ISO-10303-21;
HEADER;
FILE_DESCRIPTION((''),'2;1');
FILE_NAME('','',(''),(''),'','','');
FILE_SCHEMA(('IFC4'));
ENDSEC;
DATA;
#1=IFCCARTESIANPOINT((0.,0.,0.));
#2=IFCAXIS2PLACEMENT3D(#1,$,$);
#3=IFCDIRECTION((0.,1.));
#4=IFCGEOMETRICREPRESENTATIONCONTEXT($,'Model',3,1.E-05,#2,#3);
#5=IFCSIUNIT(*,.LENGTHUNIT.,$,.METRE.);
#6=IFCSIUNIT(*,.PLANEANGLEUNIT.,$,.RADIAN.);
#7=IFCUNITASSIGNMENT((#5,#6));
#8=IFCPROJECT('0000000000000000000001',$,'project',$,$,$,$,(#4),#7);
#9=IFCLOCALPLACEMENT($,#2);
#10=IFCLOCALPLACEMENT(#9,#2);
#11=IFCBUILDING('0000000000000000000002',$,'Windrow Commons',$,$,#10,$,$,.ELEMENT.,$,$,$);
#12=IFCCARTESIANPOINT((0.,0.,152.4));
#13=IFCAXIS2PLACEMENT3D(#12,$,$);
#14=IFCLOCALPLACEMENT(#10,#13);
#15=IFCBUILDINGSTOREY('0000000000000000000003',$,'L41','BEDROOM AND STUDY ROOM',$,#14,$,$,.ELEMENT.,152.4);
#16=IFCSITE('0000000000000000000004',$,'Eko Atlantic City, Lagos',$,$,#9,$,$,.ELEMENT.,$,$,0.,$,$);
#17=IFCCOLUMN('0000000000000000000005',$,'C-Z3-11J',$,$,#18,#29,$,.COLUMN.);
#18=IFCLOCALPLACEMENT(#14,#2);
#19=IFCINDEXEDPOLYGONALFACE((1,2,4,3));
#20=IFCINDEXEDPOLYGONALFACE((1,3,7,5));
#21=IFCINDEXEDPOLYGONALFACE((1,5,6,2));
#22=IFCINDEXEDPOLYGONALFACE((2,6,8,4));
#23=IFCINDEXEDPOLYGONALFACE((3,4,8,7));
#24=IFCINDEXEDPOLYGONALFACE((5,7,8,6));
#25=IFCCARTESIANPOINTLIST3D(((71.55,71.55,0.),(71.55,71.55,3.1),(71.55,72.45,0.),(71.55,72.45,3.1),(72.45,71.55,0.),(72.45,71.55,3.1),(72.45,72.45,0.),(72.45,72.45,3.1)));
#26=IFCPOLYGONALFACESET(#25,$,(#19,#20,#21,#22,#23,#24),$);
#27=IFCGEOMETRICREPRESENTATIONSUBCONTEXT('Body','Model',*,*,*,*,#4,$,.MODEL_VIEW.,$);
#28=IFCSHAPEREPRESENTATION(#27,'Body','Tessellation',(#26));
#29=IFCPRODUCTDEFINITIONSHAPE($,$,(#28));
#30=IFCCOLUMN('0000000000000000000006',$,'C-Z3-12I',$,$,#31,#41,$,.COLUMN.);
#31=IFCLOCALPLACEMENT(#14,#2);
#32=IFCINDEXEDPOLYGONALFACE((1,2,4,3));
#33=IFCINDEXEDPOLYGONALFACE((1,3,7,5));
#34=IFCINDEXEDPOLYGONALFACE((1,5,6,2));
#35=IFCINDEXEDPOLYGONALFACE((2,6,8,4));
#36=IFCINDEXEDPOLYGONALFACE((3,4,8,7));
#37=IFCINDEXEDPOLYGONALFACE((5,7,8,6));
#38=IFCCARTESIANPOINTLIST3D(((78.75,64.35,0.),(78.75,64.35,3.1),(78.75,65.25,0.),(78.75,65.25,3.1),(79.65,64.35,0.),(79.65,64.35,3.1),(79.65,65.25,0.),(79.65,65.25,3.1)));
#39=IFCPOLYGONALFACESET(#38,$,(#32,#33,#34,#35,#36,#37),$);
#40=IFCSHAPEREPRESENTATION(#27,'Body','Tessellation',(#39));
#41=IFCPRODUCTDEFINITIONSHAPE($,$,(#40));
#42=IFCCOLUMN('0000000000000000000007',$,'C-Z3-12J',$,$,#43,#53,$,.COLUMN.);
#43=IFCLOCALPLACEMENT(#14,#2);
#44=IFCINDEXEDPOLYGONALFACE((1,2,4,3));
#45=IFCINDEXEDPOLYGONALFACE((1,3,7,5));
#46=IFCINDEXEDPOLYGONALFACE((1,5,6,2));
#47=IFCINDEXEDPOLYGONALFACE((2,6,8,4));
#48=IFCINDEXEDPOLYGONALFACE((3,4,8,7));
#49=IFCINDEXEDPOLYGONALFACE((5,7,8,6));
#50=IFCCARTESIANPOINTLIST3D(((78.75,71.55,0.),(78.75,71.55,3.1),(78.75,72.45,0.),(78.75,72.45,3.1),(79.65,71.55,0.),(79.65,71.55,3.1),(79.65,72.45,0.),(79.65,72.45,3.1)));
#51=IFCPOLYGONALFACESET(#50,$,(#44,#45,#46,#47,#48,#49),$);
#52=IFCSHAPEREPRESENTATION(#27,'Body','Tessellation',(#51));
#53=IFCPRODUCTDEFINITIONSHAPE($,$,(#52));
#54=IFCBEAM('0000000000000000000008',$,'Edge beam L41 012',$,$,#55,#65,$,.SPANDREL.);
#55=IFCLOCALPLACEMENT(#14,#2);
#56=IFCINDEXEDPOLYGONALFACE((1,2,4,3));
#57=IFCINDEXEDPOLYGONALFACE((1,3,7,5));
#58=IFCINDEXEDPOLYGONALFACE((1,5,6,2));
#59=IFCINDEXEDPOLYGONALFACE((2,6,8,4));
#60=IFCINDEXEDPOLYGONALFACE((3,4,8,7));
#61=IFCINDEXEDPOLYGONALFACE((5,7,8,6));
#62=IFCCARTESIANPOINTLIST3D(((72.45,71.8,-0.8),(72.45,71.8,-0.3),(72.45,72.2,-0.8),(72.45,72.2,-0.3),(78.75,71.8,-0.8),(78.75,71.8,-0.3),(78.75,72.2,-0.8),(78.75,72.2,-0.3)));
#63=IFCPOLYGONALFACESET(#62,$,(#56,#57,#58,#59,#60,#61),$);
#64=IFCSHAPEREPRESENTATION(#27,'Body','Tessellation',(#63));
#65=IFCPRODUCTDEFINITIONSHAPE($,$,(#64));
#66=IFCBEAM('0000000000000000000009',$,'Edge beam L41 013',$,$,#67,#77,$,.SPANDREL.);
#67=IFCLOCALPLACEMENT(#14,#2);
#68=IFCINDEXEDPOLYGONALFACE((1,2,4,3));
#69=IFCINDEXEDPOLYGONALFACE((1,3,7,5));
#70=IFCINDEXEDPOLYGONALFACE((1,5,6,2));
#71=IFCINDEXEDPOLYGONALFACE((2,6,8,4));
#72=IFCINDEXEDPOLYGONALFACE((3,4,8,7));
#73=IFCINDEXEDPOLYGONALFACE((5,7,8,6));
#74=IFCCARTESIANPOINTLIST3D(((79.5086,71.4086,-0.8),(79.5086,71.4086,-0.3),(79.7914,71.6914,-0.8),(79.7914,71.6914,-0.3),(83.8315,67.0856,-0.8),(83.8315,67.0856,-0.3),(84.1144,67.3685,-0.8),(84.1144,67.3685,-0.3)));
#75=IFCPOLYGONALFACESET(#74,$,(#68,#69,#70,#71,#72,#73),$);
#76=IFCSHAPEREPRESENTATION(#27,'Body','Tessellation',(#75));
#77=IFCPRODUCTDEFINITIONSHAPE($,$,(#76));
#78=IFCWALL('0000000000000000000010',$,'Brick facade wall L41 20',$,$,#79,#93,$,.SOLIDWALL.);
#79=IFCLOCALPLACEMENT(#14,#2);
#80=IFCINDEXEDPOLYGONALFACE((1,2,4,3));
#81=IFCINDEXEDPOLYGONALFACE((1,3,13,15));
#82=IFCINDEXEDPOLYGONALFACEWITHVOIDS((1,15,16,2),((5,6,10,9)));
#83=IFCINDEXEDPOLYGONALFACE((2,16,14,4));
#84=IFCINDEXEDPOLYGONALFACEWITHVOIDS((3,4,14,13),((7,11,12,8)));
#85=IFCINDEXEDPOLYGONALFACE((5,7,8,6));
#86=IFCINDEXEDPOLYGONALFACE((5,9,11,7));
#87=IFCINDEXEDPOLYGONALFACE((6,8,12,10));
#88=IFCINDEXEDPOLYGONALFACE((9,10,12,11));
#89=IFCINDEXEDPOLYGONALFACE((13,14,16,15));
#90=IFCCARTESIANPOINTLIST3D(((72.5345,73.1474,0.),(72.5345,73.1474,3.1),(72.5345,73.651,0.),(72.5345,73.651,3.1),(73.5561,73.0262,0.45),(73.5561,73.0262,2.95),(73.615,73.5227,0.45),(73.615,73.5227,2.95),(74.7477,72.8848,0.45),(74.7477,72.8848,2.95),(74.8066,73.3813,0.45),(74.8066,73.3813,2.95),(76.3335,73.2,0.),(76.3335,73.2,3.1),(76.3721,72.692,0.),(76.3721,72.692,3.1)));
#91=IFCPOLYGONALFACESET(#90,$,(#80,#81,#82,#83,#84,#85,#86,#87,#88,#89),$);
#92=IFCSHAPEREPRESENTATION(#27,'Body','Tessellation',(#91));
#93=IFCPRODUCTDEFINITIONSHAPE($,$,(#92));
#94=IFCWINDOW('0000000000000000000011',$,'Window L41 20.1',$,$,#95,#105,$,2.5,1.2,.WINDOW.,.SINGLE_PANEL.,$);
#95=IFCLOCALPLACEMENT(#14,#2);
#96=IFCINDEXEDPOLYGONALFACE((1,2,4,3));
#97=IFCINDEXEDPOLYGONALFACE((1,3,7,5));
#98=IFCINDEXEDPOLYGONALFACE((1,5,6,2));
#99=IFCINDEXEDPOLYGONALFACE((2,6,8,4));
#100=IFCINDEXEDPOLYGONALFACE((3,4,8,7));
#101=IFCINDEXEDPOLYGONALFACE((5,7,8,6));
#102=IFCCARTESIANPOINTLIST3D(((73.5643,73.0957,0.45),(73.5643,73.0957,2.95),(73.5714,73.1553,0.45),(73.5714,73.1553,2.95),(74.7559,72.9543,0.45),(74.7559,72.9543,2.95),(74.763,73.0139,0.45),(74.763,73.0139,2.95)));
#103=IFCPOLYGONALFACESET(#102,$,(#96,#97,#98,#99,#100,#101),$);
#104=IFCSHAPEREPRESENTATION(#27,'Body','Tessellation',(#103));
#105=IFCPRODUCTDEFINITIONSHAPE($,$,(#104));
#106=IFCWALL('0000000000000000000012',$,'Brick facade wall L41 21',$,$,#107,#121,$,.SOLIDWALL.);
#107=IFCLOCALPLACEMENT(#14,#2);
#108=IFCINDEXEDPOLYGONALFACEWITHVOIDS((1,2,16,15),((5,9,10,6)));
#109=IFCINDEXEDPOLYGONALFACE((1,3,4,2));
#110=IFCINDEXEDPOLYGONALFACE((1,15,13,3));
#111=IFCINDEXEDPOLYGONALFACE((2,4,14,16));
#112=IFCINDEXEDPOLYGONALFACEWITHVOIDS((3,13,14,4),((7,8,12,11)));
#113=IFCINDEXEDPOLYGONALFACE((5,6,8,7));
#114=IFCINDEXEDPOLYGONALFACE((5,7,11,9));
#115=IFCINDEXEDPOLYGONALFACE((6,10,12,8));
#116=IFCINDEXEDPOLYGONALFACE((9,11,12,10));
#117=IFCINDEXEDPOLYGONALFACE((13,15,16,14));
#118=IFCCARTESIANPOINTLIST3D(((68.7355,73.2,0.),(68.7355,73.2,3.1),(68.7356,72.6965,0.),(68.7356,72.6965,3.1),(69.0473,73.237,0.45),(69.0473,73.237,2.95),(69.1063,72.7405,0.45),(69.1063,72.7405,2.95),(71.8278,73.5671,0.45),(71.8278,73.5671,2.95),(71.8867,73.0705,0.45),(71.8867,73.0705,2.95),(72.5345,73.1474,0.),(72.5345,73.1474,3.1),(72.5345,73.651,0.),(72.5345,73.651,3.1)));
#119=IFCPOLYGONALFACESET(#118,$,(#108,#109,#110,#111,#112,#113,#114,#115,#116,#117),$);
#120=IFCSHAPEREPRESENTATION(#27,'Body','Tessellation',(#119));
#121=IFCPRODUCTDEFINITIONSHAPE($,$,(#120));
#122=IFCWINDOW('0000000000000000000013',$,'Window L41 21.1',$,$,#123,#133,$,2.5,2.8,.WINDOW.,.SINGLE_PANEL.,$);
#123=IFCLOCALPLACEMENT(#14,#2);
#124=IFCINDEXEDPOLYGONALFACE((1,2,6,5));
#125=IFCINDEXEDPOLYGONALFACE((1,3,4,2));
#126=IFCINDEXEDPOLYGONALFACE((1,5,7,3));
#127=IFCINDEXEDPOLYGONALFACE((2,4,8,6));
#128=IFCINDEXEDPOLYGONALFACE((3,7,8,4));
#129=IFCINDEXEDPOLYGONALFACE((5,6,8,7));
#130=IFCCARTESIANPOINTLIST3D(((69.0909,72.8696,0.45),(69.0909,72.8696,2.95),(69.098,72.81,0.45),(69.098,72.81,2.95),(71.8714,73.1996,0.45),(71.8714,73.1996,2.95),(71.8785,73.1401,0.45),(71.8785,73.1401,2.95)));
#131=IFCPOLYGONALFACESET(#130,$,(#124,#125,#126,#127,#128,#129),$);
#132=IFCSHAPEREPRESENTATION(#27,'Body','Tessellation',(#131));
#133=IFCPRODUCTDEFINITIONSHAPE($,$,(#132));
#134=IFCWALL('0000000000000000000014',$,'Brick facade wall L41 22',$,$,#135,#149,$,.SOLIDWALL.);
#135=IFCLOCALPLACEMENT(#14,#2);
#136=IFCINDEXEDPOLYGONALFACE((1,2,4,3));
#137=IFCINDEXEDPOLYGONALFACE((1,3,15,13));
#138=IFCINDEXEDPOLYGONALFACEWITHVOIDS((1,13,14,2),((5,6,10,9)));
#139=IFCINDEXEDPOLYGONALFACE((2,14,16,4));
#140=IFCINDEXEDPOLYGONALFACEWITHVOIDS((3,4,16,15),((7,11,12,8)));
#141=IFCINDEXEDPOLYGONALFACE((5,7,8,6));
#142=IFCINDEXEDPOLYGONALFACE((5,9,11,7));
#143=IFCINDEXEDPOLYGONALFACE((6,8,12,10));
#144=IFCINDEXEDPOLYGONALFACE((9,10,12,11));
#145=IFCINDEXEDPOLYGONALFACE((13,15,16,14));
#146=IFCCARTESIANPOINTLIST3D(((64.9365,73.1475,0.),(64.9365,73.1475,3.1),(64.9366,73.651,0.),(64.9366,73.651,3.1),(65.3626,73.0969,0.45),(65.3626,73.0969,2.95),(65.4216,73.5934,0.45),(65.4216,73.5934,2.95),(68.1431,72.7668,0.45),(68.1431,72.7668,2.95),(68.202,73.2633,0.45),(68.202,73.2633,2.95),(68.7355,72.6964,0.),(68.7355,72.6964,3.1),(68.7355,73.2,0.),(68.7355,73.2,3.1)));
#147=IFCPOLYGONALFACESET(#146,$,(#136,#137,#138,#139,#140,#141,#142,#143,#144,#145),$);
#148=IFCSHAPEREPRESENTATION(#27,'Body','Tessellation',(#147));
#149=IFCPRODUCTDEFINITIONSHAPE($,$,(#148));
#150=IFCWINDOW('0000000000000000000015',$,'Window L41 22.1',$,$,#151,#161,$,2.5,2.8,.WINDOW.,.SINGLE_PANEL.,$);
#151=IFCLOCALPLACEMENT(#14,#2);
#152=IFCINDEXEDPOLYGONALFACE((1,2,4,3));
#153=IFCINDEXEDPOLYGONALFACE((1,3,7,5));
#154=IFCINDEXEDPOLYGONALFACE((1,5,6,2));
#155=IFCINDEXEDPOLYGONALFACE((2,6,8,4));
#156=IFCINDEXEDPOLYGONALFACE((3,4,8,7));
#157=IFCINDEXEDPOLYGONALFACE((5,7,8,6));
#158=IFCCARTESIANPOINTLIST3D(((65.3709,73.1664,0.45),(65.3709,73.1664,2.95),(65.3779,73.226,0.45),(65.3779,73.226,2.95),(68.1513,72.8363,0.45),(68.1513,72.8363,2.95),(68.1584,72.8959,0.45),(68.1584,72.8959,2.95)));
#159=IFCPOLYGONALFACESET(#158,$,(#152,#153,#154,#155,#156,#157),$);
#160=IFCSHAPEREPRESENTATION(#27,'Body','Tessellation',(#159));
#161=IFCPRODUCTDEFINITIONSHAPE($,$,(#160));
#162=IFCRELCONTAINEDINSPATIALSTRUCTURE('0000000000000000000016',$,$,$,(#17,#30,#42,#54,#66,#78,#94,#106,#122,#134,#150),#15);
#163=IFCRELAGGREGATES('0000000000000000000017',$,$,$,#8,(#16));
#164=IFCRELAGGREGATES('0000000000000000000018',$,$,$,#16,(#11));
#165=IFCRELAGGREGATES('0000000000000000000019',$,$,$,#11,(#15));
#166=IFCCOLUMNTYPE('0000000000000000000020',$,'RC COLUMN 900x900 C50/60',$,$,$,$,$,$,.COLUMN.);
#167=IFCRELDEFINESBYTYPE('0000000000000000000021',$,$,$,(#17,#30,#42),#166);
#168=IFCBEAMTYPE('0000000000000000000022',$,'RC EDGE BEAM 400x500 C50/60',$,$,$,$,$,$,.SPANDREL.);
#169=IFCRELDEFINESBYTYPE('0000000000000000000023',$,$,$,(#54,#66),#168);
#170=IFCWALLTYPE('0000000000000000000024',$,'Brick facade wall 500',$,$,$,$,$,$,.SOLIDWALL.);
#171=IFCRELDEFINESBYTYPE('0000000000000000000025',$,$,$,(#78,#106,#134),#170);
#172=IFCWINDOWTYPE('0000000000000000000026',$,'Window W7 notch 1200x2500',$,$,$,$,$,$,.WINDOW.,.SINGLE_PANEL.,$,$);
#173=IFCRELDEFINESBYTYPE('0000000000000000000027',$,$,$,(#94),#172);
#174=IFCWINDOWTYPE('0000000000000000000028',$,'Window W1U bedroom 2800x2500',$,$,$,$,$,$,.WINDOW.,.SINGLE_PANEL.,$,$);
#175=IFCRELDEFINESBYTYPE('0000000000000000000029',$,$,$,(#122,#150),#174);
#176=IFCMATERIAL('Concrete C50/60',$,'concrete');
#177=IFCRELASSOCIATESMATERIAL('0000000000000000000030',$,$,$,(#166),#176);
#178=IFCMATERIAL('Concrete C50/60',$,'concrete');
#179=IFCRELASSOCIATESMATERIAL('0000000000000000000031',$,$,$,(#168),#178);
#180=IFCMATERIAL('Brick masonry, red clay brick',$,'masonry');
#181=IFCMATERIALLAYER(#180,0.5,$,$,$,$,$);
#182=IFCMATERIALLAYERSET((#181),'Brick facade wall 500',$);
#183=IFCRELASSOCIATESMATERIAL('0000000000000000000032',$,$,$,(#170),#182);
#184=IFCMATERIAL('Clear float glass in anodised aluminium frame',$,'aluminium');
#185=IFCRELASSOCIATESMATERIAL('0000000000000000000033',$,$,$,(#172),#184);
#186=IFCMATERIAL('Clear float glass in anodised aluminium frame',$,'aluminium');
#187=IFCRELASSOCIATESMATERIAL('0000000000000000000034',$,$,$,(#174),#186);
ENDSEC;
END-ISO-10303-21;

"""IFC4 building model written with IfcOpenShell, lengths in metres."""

from ifc_helpers import new_model, si_unit, direction, frame, frame_2d, origin, origin_2d, place, context, subcontext, project, spatial, polyline, rectangle, outline, extrude, material, layer, layer_set, material_profile, profile_set, type_object, element, fill, save


model = new_model("IFC4")

# Units and contexts
model_context = context("Model", 3, precision=1e-05, world=origin(), true_north=direction((0.0, 1.0)))
body_context = subcontext(model_context, "Body", "Model", "MODEL_VIEW")
ifc_project = project(units=[si_unit("LENGTHUNIT", "METRE"), si_unit("PLANEANGLEUNIT", "RADIAN")], contexts=[model_context])

# Site, building, storey
site_placement = place(None, origin())
site = spatial("IfcSite", under=ifc_project, at=site_placement, Name="Eko Atlantic City, Lagos", CompositionType="ELEMENT", RefElevation=0.0)
building_placement = place(site_placement, origin())
building = spatial("IfcBuilding", under=site, at=building_placement, Name="Windrow Commons", CompositionType="ELEMENT")
storey_placement = place(building_placement, frame((0.0, 0.0, 152.4)))
storey = spatial("IfcBuildingStorey", under=building, at=storey_placement, Name="L41", Description="BEDROOM AND STUDY ROOM", CompositionType="ELEMENT", Elevation=152.4)

# Columns
ifc_material_1 = material(Name="Concrete C50/60", Category="concrete")
ifc_material_profile_1 = material_profile(ifc_material_1, rectangle(XDim=0.9, YDim=0.9, at=origin_2d()))
ifc_profile_set_1 = profile_set([ifc_material_profile_1], Name="Concrete C50/60")
column_type = type_object("IfcColumnType", Name="RC COLUMN 900x900 C50/60", PredefinedType="COLUMN", material=ifc_profile_set_1)
for number, where, z_axis, x_axis, name in (
    (1, (72.0, 72.0, 0.0), (0.0, 0.0, 1.0), (1.0, 0.0, 0.0), "C-Z3-11J"),
    (2, (79.2, 64.8, 0.0), (0.0, 0.0, 1.0), (1.0, 0.0, 0.0), "C-Z3-12I"),
    (3, (79.2, 72.0, 0.0), (0.0, 0.0, 1.0), (1.0, 0.0, 0.0), "C-Z3-12J"),
):
    element("IfcColumn", number, at=place(storey_placement, frame(where, z_axis=z_axis, x_axis=x_axis)), inside=storey, type_object=column_type, Name=name, PredefinedType="COLUMN", context=body_context, shape_type="SweptSolid", body=[
        extrude(rectangle(XDim=0.9, YDim=0.9, at=origin_2d()), origin(), (0.0, 0.0, 1.0), 3.1),
    ])

# Beams
ifc_material_2 = material(Name="Concrete C50/60", Category="concrete")
ifc_material_profile_2 = material_profile(ifc_material_2, rectangle(XDim=0.4, YDim=0.5, at=origin_2d()))
ifc_profile_set_2 = profile_set([ifc_material_profile_2], Name="Concrete C50/60")
beam_type = type_object("IfcBeamType", Name="RC EDGE BEAM 400x500 C50/60", PredefinedType="SPANDREL", material=ifc_profile_set_2)
beam_1_placement = place(storey_placement, frame((72.45, 72.0, -0.55), z_axis=(1.0, 0.0, 0.0), x_axis=(0.0, 1.0, 0.0)))
element("IfcBeam", 4, at=beam_1_placement, inside=storey, type_object=beam_type, Name="Edge beam L41 012", PredefinedType="SPANDREL", context=body_context, shape_type="SweptSolid", body=[
    extrude(rectangle(XDim=0.4, YDim=0.5, at=origin_2d()), origin(), (0.0, 0.0, 1.0), 6.3),
])
beam_2_placement = place(storey_placement, frame((79.65, 71.55, -0.55), z_axis=(0.707107, -0.707107, 0.0), x_axis=(0.707107, 0.707107, 0.0)))
element("IfcBeam", 5, at=beam_2_placement, inside=storey, type_object=beam_type, Name="Edge beam L41 013", PredefinedType="SPANDREL", context=body_context, shape_type="SweptSolid", body=[
    extrude(rectangle(XDim=0.4, YDim=0.5, at=origin_2d()), origin(), (0.0, 0.0, 1.0), 6.1136),
])

# Walls, openings, windows
ifc_material_3 = material(Name="Brick masonry, red clay brick", Category="masonry")
ifc_layer_1 = layer(ifc_material_3, 0.5)
ifc_layer_set_1 = layer_set([ifc_layer_1], Name="Brick facade wall 500")
wall_type_1 = type_object("IfcWallType", Name="Brick facade wall 500", PredefinedType="SOLIDWALL", material=ifc_layer_set_1)
wall_1_placement = place(storey_placement, frame((76.3528, 72.946, 0.0), z_axis=(0.0, 0.0, 1.0), x_axis=(-0.99303, 0.117864, 0.0)))
wall_1 = element("IfcWall", 6, at=wall_1_placement, inside=storey, type_object=wall_type_1, Name="Brick facade wall L41 20", PredefinedType="SOLIDWALL", context=body_context, shape_type="SweptSolid", body=[
    extrude(outline(polyline([(0.0491, -0.25), (3.8748, -0.25), (3.8154, 0.25), (-0.0491, 0.25), (0.0491, -0.25)])), origin(), (0.0, 0.0, 1.0), 3.1),
])
opening_1_placement = place(wall_1_placement, frame((1.5867, 0.0, 0.45)))
opening_1 = element("IfcOpeningElement", 7, at=opening_1_placement, cuts=wall_1, PredefinedType="OPENING", context=body_context, shape_type="SweptSolid", body=[
    extrude(rectangle(XDim=1.2, YDim=2.5, at=frame_2d((0.6, 1.25))), frame((0.0, 0.26, 0.0), z_axis=(0.0, -1.0, 0.0), x_axis=(1.0, 0.0, 0.0)), (0.0, 0.0, 1.0), 0.52),
])
ifc_material_4 = material(Name="Clear float glass in anodised aluminium frame", Category="aluminium")
window_type_1 = type_object("IfcWindowType", Name="Window W7 notch 1200x2500", PartitioningType="SINGLE_PANEL", PredefinedType="WINDOW", material=ifc_material_4)
window_1_placement = place(opening_1_placement, origin())
window_1 = element("IfcWindow", 8, at=window_1_placement, inside=storey, type_object=window_type_1, Name="Window L41 20.1", OverallHeight=2.5, OverallWidth=1.2, PartitioningType="SINGLE_PANEL", PredefinedType="WINDOW", context=body_context, shape_type="SweptSolid", body=[
    extrude(rectangle(XDim=1.2, YDim=2.5, at=frame_2d((0.6, 1.25))), frame((0.0, 0.18, 0.0), z_axis=(0.0, -1.0, 0.0), x_axis=(1.0, 0.0, 0.0)), (0.0, 0.0, 1.0), 0.06),
])
fill(opening_1, window_1)
wall_2_placement = place(storey_placement, frame((72.5345, 73.3992, 0.0), z_axis=(0.0, 0.0, 1.0), x_axis=(-0.993027, -0.117888, 0.0)))
wall_2 = element("IfcWall", 9, at=wall_2_placement, inside=storey, type_object=wall_type_1, Name="Brick facade wall L41 21", PredefinedType="SOLIDWALL", context=body_context, shape_type="SweptSolid", body=[
    extrude(outline(polyline([(-0.0297, -0.25), (3.796, -0.25), (3.8553, 0.25), (0.0297, 0.25), (-0.0297, -0.25)])), origin(), (0.0, 0.0, 1.0), 3.1),
])
opening_2_placement = place(wall_2_placement, frame((0.682, 0.0, 0.45)))
opening_2 = element("IfcOpeningElement", 10, at=opening_2_placement, cuts=wall_2, PredefinedType="OPENING", context=body_context, shape_type="SweptSolid", body=[
    extrude(rectangle(XDim=2.8, YDim=2.5, at=frame_2d((1.4, 1.25))), frame((0.0, 0.26, 0.0), z_axis=(0.0, -1.0, 0.0), x_axis=(1.0, 0.0, 0.0)), (0.0, 0.0, 1.0), 0.52),
])
ifc_material_5 = material(Name="Clear float glass in anodised aluminium frame", Category="aluminium")
window_type_2 = type_object("IfcWindowType", Name="Window W1U bedroom 2800x2500", PartitioningType="SINGLE_PANEL", PredefinedType="WINDOW", material=ifc_material_5)
window_2_placement = place(opening_2_placement, origin())
window_2 = element("IfcWindow", 11, at=window_2_placement, inside=storey, type_object=window_type_2, Name="Window L41 21.1", OverallHeight=2.5, OverallWidth=2.8, PartitioningType="SINGLE_PANEL", PredefinedType="WINDOW", context=body_context, shape_type="SweptSolid", body=[
    extrude(rectangle(XDim=2.8, YDim=2.5, at=frame_2d((1.4, 1.25))), frame((0.0, 0.18, 0.0), z_axis=(0.0, -1.0, 0.0), x_axis=(1.0, 0.0, 0.0)), (0.0, 0.0, 1.0), 0.06),
])
fill(opening_2, window_2)
wall_3_placement = place(storey_placement, frame((68.7355, 72.9482, 0.0), z_axis=(0.0, 0.0, 1.0), x_axis=(-0.993027, 0.117891, 0.0)))
wall_3 = element("IfcWall", 12, at=wall_3_placement, inside=storey, type_object=wall_type_1, Name="Brick facade wall L41 22", PredefinedType="SOLIDWALL", context=body_context, shape_type="SweptSolid", body=[
    extrude(outline(polyline([(0.0297, -0.25), (3.8553, -0.25), (3.796, 0.25), (-0.0297, 0.25), (0.0297, -0.25)])), origin(), (0.0, 0.0, 1.0), 3.1),
])
opening_3_placement = place(wall_3_placement, frame((0.5669, 0.0, 0.45)))
opening_3 = element("IfcOpeningElement", 13, at=opening_3_placement, cuts=wall_3, PredefinedType="OPENING", context=body_context, shape_type="SweptSolid", body=[
    extrude(rectangle(XDim=2.8, YDim=2.5, at=frame_2d((1.4, 1.25))), frame((0.0, 0.26, 0.0), z_axis=(0.0, -1.0, 0.0), x_axis=(1.0, 0.0, 0.0)), (0.0, 0.0, 1.0), 0.52),
])
window_3_placement = place(opening_3_placement, origin())
window_3 = element("IfcWindow", 14, at=window_3_placement, inside=storey, type_object=window_type_2, Name="Window L41 22.1", OverallHeight=2.5, OverallWidth=2.8, PartitioningType="SINGLE_PANEL", PredefinedType="WINDOW", context=body_context, shape_type="SweptSolid", body=[
    extrude(rectangle(XDim=2.8, YDim=2.5, at=frame_2d((1.4, 1.25))), frame((0.0, 0.18, 0.0), z_axis=(0.0, -1.0, 0.0), x_axis=(1.0, 0.0, 0.0)), (0.0, 0.0, 1.0), 0.06),
])
fill(opening_3, window_3)

save(model, "model.ifc")
